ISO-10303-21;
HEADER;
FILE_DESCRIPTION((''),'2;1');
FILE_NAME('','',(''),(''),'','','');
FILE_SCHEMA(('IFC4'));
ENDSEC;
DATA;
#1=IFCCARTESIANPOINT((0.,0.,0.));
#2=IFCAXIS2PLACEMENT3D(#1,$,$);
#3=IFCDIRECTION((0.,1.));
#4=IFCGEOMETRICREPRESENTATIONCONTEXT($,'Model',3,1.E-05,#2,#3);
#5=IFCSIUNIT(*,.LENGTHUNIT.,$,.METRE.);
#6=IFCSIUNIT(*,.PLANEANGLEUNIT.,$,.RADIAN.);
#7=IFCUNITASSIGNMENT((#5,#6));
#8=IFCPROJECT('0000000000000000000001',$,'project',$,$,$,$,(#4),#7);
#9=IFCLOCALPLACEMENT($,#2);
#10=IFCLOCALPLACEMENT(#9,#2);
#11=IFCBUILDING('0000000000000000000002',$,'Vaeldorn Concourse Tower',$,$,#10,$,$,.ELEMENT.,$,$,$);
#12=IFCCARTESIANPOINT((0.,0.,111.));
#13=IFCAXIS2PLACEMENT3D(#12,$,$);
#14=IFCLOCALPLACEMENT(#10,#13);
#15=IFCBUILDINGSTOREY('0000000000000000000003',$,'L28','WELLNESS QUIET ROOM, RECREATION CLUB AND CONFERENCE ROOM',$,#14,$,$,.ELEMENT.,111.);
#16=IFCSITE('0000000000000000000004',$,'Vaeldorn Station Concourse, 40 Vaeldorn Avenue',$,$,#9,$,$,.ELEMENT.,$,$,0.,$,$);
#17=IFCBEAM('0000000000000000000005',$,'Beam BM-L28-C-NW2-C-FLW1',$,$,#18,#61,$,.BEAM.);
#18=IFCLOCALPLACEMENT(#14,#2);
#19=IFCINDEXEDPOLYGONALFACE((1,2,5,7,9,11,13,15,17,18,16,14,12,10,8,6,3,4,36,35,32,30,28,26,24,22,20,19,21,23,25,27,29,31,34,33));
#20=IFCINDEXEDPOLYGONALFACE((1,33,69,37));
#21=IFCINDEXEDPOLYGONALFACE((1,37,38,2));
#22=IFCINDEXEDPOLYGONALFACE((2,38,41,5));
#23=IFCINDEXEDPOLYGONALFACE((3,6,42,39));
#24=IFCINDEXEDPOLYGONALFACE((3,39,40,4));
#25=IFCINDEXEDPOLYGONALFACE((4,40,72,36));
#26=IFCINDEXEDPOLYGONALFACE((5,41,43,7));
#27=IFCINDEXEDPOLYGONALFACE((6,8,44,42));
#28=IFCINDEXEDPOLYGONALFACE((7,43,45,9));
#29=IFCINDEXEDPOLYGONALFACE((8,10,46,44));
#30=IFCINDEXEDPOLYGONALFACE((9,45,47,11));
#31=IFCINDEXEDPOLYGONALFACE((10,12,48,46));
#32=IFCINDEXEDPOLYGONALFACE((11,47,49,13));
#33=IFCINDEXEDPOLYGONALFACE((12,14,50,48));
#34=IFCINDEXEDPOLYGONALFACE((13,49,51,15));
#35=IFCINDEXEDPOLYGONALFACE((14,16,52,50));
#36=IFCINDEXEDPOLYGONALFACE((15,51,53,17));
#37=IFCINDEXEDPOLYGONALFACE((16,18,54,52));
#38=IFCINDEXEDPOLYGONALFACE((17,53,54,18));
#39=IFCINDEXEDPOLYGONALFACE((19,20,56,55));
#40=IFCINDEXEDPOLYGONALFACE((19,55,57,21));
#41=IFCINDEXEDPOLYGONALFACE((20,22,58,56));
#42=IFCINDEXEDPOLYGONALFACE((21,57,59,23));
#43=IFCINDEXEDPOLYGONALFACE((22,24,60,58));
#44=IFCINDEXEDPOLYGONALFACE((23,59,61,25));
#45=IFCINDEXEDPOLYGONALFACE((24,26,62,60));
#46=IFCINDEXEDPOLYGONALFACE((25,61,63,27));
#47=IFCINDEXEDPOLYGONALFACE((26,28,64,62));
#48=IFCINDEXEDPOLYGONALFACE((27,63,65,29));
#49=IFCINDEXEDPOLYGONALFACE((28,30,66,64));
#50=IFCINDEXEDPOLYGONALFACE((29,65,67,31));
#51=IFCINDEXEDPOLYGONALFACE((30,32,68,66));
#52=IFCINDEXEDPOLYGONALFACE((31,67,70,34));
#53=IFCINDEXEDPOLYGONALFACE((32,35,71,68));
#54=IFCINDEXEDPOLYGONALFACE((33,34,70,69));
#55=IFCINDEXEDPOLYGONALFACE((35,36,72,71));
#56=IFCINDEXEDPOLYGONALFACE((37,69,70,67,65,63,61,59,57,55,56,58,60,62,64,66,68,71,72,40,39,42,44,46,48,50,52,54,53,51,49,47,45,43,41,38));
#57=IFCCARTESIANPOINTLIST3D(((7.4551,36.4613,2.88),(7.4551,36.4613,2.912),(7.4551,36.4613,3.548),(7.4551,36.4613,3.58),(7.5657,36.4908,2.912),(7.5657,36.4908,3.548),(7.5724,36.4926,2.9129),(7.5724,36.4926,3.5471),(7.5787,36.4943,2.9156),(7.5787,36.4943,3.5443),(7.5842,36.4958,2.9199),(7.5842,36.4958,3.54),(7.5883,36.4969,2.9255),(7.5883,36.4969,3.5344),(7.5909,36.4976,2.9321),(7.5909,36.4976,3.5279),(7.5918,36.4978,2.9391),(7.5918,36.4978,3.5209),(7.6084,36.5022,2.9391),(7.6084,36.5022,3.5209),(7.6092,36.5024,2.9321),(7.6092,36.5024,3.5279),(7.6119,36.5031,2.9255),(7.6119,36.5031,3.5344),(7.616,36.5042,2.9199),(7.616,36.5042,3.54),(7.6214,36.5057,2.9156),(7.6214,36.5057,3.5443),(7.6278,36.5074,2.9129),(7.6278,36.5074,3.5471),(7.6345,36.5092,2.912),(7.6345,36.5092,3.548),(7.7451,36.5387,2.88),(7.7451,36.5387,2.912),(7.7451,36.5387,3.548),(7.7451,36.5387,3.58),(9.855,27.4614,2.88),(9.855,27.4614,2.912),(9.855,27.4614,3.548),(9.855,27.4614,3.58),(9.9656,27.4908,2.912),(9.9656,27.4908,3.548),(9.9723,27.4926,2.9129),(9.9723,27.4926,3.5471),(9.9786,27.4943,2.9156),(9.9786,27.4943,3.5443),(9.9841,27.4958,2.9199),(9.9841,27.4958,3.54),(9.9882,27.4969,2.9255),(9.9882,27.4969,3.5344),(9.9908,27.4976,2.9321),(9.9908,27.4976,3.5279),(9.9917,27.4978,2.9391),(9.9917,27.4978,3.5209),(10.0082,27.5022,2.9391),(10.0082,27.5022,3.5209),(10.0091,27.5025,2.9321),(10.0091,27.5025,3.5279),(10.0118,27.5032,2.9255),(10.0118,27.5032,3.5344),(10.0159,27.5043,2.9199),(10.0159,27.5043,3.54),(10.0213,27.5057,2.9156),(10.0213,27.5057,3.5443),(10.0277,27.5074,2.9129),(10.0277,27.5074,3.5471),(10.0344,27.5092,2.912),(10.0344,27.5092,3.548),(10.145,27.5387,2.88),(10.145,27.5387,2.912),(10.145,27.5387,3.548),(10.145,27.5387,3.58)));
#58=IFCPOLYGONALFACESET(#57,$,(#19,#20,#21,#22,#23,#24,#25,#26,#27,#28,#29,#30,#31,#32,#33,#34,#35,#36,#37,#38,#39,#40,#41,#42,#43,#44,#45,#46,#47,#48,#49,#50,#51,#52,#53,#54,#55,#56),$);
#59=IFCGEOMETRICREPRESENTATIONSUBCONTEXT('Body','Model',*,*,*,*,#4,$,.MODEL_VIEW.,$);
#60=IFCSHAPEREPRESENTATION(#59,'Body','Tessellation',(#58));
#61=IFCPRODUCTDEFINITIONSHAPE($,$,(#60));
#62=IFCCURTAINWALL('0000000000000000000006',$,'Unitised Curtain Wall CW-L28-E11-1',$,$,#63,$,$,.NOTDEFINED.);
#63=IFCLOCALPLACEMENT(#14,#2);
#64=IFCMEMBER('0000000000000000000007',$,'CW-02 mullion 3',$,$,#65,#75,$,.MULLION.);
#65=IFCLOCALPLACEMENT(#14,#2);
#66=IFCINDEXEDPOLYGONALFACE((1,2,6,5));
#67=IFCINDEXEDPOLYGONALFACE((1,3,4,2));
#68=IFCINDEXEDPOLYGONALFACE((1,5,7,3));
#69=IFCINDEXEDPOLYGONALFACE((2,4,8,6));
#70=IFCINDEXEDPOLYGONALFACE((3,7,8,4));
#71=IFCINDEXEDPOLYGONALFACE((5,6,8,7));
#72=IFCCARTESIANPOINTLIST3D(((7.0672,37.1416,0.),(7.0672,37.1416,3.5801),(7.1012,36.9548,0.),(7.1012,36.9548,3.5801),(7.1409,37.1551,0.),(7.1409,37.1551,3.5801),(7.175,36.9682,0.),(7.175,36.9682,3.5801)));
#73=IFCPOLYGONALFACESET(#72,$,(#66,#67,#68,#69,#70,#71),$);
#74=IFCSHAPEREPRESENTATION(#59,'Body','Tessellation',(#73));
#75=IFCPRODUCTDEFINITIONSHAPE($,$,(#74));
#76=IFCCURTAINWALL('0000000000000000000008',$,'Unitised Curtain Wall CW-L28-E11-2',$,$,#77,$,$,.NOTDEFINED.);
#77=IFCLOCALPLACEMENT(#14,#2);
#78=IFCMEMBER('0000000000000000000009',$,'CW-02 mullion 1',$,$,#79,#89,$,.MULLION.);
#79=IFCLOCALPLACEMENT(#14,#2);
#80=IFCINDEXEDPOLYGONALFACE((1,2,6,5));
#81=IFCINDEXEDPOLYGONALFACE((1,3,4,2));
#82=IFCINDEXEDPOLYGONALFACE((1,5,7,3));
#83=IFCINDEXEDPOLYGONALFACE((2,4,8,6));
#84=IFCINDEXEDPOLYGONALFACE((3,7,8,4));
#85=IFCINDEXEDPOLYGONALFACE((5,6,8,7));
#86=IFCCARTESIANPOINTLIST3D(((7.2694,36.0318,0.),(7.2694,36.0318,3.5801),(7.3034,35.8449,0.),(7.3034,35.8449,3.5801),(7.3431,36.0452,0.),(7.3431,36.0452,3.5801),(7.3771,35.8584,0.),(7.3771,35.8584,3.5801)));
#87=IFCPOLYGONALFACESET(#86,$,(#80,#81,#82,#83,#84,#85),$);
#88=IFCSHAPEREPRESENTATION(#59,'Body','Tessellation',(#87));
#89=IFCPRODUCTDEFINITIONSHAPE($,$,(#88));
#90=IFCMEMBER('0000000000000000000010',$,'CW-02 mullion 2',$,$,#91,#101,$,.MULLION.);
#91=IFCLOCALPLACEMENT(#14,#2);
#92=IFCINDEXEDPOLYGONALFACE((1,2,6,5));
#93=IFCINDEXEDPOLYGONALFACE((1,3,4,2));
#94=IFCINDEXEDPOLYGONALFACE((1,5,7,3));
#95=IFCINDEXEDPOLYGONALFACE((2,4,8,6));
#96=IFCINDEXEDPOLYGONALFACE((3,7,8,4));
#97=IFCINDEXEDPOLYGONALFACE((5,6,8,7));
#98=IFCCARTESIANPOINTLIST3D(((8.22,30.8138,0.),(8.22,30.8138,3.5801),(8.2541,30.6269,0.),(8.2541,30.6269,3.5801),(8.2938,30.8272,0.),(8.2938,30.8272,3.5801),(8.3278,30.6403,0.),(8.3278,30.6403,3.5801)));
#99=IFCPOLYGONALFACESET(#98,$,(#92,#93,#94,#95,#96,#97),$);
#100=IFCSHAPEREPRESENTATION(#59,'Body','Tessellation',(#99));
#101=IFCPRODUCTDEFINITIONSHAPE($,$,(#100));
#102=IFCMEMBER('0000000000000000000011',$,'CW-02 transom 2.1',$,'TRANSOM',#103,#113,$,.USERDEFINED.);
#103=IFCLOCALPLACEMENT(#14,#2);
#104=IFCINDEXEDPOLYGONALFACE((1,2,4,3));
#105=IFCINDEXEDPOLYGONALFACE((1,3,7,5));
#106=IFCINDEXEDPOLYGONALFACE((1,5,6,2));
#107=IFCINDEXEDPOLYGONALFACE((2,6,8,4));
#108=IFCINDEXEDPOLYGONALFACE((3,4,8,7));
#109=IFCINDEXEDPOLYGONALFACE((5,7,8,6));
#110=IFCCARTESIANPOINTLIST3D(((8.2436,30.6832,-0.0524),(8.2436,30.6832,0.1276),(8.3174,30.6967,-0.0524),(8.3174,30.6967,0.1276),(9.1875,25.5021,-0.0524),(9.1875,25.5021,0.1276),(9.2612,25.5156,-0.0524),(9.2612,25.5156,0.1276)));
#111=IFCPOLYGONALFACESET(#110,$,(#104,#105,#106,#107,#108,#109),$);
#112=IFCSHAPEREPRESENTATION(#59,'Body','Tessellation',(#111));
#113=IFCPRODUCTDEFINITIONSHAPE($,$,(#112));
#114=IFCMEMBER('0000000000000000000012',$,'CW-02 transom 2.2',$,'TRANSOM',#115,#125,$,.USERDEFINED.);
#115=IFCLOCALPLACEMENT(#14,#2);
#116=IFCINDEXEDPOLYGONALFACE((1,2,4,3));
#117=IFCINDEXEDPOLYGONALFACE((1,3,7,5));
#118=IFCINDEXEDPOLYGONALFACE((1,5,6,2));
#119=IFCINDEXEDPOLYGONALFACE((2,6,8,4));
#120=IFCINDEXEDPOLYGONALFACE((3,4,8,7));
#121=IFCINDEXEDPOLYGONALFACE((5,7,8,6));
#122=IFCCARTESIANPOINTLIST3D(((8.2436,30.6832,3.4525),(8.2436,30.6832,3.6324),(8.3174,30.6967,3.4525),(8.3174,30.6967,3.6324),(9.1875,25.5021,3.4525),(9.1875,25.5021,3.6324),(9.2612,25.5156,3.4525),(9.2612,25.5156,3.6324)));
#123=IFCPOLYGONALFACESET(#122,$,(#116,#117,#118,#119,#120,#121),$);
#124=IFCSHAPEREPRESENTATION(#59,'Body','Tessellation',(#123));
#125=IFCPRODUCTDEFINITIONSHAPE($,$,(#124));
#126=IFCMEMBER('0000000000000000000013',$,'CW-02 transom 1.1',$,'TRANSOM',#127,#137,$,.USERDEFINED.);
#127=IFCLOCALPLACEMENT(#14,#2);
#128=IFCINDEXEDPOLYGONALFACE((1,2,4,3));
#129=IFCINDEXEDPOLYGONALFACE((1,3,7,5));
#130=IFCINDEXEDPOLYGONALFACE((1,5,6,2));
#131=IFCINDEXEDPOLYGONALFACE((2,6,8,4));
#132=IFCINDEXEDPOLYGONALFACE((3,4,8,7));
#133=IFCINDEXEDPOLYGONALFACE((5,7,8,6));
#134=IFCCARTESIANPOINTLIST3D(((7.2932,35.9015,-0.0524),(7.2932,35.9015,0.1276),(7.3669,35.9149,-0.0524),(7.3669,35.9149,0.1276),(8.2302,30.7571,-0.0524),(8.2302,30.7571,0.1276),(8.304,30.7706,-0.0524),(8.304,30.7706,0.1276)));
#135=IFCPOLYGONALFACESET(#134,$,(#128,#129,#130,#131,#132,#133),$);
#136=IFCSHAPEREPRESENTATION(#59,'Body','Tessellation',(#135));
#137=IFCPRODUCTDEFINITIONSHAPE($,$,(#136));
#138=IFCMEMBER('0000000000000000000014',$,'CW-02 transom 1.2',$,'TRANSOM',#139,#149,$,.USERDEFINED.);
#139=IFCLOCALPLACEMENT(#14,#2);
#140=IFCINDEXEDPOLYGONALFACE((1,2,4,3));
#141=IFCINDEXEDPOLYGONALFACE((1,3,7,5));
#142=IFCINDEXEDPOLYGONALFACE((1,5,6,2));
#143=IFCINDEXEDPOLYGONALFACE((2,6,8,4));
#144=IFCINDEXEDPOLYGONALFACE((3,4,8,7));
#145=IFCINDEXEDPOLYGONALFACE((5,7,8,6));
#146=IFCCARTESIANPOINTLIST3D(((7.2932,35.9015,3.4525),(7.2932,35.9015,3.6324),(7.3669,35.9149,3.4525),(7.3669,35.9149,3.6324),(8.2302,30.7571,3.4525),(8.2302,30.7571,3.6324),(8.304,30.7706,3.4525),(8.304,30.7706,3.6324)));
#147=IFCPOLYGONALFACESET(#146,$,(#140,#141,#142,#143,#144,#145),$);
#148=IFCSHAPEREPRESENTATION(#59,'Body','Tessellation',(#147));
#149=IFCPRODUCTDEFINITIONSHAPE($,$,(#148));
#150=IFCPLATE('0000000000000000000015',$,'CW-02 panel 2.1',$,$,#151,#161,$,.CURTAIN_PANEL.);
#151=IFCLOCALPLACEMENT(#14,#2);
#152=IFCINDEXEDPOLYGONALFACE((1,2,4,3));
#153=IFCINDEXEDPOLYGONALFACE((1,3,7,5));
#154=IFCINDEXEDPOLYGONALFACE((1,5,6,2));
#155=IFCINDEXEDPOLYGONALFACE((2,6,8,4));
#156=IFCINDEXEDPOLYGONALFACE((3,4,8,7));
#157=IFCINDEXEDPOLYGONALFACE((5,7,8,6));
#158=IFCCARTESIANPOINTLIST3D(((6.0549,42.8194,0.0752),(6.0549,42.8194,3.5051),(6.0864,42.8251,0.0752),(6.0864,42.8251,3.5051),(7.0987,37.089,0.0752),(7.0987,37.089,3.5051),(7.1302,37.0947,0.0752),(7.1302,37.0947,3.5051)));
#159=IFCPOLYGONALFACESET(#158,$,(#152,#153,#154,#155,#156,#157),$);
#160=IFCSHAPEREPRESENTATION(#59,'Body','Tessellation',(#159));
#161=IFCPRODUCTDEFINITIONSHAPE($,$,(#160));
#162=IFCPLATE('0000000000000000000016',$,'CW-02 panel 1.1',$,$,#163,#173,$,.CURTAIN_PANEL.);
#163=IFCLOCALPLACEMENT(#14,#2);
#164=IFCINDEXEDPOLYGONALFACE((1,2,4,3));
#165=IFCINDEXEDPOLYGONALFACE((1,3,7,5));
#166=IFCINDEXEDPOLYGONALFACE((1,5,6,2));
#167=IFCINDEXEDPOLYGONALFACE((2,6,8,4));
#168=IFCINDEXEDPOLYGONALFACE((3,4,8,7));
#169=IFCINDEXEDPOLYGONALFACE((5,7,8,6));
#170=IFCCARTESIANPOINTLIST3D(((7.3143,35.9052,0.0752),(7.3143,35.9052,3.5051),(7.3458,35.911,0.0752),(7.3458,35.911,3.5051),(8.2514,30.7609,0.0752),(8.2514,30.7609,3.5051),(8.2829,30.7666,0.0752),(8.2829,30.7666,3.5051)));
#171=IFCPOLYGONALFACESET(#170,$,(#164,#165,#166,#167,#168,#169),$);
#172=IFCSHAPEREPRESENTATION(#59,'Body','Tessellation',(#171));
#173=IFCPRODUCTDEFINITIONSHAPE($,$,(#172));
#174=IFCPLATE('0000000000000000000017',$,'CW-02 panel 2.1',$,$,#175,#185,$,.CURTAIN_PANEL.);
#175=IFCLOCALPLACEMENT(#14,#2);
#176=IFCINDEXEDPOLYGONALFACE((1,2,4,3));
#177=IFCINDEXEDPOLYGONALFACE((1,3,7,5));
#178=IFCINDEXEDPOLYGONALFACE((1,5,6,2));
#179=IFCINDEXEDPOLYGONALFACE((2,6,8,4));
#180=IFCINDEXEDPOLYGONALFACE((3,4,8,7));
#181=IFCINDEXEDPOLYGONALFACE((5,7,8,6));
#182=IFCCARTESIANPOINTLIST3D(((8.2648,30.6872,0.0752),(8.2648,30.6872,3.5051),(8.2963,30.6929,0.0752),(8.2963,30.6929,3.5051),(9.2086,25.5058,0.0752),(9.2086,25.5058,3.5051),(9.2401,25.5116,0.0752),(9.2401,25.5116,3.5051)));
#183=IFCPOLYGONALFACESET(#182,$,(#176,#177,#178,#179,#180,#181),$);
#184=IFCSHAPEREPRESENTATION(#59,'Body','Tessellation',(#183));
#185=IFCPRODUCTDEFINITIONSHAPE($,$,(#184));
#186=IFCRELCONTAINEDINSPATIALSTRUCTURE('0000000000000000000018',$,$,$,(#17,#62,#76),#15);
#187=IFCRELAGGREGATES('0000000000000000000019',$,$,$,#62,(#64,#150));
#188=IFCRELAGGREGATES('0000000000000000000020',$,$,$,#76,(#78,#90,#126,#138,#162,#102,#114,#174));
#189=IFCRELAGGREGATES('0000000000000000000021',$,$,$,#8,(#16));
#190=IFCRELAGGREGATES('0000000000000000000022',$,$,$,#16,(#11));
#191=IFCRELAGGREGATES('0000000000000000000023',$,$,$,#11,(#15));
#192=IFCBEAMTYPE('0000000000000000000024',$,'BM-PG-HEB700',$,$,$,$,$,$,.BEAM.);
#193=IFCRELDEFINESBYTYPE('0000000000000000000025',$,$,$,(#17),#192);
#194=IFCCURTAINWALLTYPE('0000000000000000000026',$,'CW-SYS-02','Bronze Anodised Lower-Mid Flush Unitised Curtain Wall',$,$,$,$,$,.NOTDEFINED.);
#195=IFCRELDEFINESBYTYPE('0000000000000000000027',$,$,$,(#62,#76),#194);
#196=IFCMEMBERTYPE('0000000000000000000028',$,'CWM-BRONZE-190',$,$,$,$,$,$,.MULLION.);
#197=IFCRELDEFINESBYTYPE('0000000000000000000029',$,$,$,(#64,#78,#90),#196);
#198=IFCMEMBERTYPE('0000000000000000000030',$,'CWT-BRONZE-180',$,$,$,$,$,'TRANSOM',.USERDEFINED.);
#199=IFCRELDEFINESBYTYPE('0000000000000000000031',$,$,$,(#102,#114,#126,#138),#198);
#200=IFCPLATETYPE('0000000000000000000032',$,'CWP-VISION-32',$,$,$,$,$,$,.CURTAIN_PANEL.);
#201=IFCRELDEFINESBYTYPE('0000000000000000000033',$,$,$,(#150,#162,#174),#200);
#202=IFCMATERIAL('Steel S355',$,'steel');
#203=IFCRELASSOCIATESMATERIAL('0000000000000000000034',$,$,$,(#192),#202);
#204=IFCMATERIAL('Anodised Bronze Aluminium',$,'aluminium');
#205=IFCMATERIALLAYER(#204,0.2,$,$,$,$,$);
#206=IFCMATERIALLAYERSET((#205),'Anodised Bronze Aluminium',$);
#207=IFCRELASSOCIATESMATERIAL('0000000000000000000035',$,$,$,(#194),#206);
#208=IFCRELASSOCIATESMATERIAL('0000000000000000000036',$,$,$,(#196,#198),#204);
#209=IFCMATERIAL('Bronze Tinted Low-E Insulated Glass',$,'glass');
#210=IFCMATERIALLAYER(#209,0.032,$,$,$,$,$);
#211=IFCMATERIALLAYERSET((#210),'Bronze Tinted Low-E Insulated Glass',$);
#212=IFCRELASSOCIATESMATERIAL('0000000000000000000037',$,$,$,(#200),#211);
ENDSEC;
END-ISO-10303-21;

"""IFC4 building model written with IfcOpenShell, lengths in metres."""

from ifc_helpers import new_model, si_unit, direction, frame, origin, origin_2d, place, context, subcontext, project, spatial, rectangle, i_section, extrude, source, transform, mapped, material, layer, layer_set, material_profile, profile_set, type_object, element, aggregate, save


model = new_model("IFC4")

# Units and contexts
model_context = context("Model", 3, precision=1e-05, world=origin(), true_north=direction((0.0, 1.0)))
body_context = subcontext(model_context, "Body", "Model", "MODEL_VIEW")
ifc_project = project(units=[si_unit("LENGTHUNIT", "METRE"), si_unit("PLANEANGLEUNIT", "RADIAN")], contexts=[model_context])

# Site, building, storey
site_placement = place(None, origin())
site = spatial("IfcSite", under=ifc_project, at=site_placement, Name="Vaeldorn Station Concourse, 40 Vaeldorn Avenue", CompositionType="ELEMENT", RefElevation=0.0)
building_placement = place(site_placement, origin())
building = spatial("IfcBuilding", under=site, at=building_placement, Name="Vaeldorn Concourse Tower", CompositionType="ELEMENT")
storey_placement = place(building_placement, frame((0.0, 0.0, 111.0)))
storey = spatial("IfcBuildingStorey", under=building, at=storey_placement, Name="L28", Description="WELLNESS QUIET ROOM, RECREATION CLUB AND CONFERENCE ROOM", CompositionType="ELEMENT", Elevation=111.0)

# Beam
ifc_material_1 = material(Name="Steel S355", Category="steel")
ifc_material_profile_1 = material_profile(ifc_material_1, i_section(OverallWidth=0.3, OverallDepth=0.7, WebThickness=0.0171, FlangeThickness=0.032, FilletRadius=0.0271, at=origin_2d()), Name="HEB 700")
ifc_profile_set_1 = profile_set([ifc_material_profile_1], Name="Steel S355")
beam_type_1 = type_object("IfcBeamType", Name="BM-PG-HEB700", PredefinedType="BEAM", material=ifc_profile_set_1)
shared_shape_1 = source(origin(), body_context, "Body", "SweptSolid", [
    extrude(i_section(OverallWidth=0.3, OverallDepth=0.7, WebThickness=0.0171, FlangeThickness=0.032, FilletRadius=0.0271, at=origin_2d()), origin(), (0.0, 0.0, 1.0), 9.3145),
])
beam_1_placement = place(storey_placement, frame((7.6001, 36.5, 3.23), z_axis=(0.257653, -0.966238, 0.0), x_axis=(0.966238, 0.257653, 0.0)))
element("IfcBeam", 1, at=beam_1_placement, inside=storey, type_object=beam_type_1, Name="Beam BM-L28-C-NW2-C-FLW1", PredefinedType="BEAM", context=body_context, shape_type="MappedRepresentation", body=[
    mapped(shared_shape_1, transform((0.0, 0.0, 0.0), scale=1.0)),
])

# Curtain wall, member
ifc_material_2 = material(Name="Anodised Bronze Aluminium", Category="aluminium")
ifc_layer_1 = layer(ifc_material_2, 0.2)
ifc_layer_set_1 = layer_set([ifc_layer_1], Name="Anodised Bronze Aluminium")
curtain_wall_type = type_object("IfcCurtainWallType", Name="CW-SYS-02", Description="Bronze Anodised Lower-Mid Flush Unitised Curtain Wall", PredefinedType="NOTDEFINED", material=ifc_layer_set_1)
curtain_wall_1_placement = place(storey_placement, origin())
curtain_wall_1 = element("IfcCurtainWall", 2, at=curtain_wall_1_placement, inside=storey, type_object=curtain_wall_type, Name="Unitised Curtain Wall CW-L28-E11-1", PredefinedType="NOTDEFINED")
ifc_material_profile_2 = material_profile(ifc_material_2, rectangle(XDim=0.075, YDim=0.1899, at=origin_2d()), Name="CWM 75x190")
ifc_profile_set_2 = profile_set([ifc_material_profile_2], Name="Anodised Bronze Aluminium")
member_type_1 = type_object("IfcMemberType", Name="CWM-BRONZE-190", PredefinedType="MULLION", material=ifc_profile_set_2)
shared_shape_2 = source(origin(), body_context, "Body", "SweptSolid", [
    extrude(rectangle(XDim=0.075, YDim=0.1899, at=origin_2d()), origin(), (0.0, 0.0, 1.0), 3.5801),
])
member_1_placement = place(storey_placement, frame((7.1211, 37.0549, 0.0), z_axis=(0.0, 0.0, 1.0), x_axis=(0.983812, 0.179203, 0.0)))
member_1 = element("IfcMember", 3, at=member_1_placement, type_object=member_type_1, Name="CW-02 mullion 3", PredefinedType="MULLION", context=body_context, shape_type="MappedRepresentation", body=[
    mapped(shared_shape_2, transform((0.0, 0.0, 0.0), scale=1.0)),
])

# Curtain wall, members
curtain_wall_2_placement = place(storey_placement, origin())
curtain_wall_2 = element("IfcCurtainWall", 4, at=curtain_wall_2_placement, inside=storey, type_object=curtain_wall_type, Name="Unitised Curtain Wall CW-L28-E11-2", PredefinedType="NOTDEFINED")
member_2_placement = place(storey_placement, frame((7.3232, 35.9451, 0.0), z_axis=(0.0, 0.0, 1.0), x_axis=(0.983812, 0.179206, 0.0)))
member_2 = element("IfcMember", 5, at=member_2_placement, type_object=member_type_1, Name="CW-02 mullion 1", PredefinedType="MULLION", context=body_context, shape_type="MappedRepresentation", body=[
    mapped(shared_shape_2, transform((0.0, 0.0, 0.0), scale=1.0)),
])
member_3_placement = place(storey_placement, frame((8.2739, 30.7271, 0.0), z_axis=(0.0, 0.0, 1.0), x_axis=(0.983812, 0.179206, 0.0)))
member_3 = element("IfcMember", 6, at=member_3_placement, type_object=member_type_1, Name="CW-02 mullion 2", PredefinedType="MULLION", context=body_context, shape_type="MappedRepresentation", body=[
    mapped(shared_shape_2, transform((0.0, 0.0, 0.0), scale=1.0)),
])
ifc_material_profile_3 = material_profile(ifc_material_2, rectangle(XDim=0.075, YDim=0.1799, at=origin_2d()), Name="CWT 75x180")
ifc_profile_set_3 = profile_set([ifc_material_profile_3], Name="Anodised Bronze Aluminium")
member_type_2 = type_object("IfcMemberType", Name="CWT-BRONZE-180", ElementType="TRANSOM", PredefinedType="USERDEFINED", material=ifc_profile_set_3)
shared_shape_3 = source(origin(), body_context, "Body", "SweptSolid", [
    extrude(rectangle(XDim=0.075, YDim=0.1799, at=origin_2d()), origin(), (0.0, 0.0, 1.0), 5.2664),
])
member_4_placement = place(storey_placement, frame((8.2805, 30.6899, 0.0376), z_axis=(0.17922, -0.983809, 0.0), x_axis=(0.983809, 0.17922, 0.0)))
member_4 = element("IfcMember", 7, at=member_4_placement, type_object=member_type_2, Name="CW-02 transom 2.1", ObjectType="TRANSOM", PredefinedType="USERDEFINED", context=body_context, shape_type="MappedRepresentation", body=[
    mapped(shared_shape_3, transform((0.0, 0.0, 0.0), scale=1.0)),
])
member_5_placement = place(storey_placement, frame((8.2805, 30.6899, 3.5425), z_axis=(0.17922, -0.983809, 0.0), x_axis=(0.983809, 0.17922, 0.0)))
member_5 = element("IfcMember", 8, at=member_5_placement, type_object=member_type_2, Name="CW-02 transom 2.2", ObjectType="TRANSOM", PredefinedType="USERDEFINED", context=body_context, shape_type="MappedRepresentation", body=[
    mapped(shared_shape_3, transform((0.0, 0.0, 0.0), scale=1.0)),
])
shared_shape_4 = source(origin(), body_context, "Body", "SweptSolid", [
    extrude(rectangle(XDim=0.075, YDim=0.1799, at=origin_2d()), origin(), (0.0, 0.0, 1.0), 5.229),
])
member_6_placement = place(storey_placement, frame((7.3301, 35.9082, 0.0376), z_axis=(0.179198, -0.983813, 0.0), x_axis=(0.983813, 0.179198, 0.0)))
member_6 = element("IfcMember", 9, at=member_6_placement, type_object=member_type_2, Name="CW-02 transom 1.1", ObjectType="TRANSOM", PredefinedType="USERDEFINED", context=body_context, shape_type="MappedRepresentation", body=[
    mapped(shared_shape_4, transform((0.0, 0.0, 0.0), scale=1.0)),
])
member_7_placement = place(storey_placement, frame((7.3301, 35.9082, 3.5425), z_axis=(0.179198, -0.983813, 0.0), x_axis=(0.983813, 0.179198, 0.0)))
member_7 = element("IfcMember", 10, at=member_7_placement, type_object=member_type_2, Name="CW-02 transom 1.2", ObjectType="TRANSOM", PredefinedType="USERDEFINED", context=body_context, shape_type="MappedRepresentation", body=[
    mapped(shared_shape_4, transform((0.0, 0.0, 0.0), scale=1.0)),
])

# Plates
ifc_material_3 = material(Name="Bronze Tinted Low-E Insulated Glass", Category="glass")
ifc_layer_2 = layer(ifc_material_3, 0.032)
ifc_layer_set_2 = layer_set([ifc_layer_2], Name="Bronze Tinted Low-E Insulated Glass")
plate_type = type_object("IfcPlateType", Name="CWP-VISION-32", PredefinedType="CURTAIN_PANEL", material=ifc_layer_set_2)
shared_shape_5 = source(origin(), body_context, "Body", "SweptSolid", [
    extrude(rectangle(XDim=5.8247, YDim=0.032, at=origin_2d()), origin(), (0.0, 0.0, 1.0), 3.4299),
])
plate_1_placement = place(storey_placement, frame((6.5925, 39.957, 0.0752), z_axis=(0.0, 0.0, 1.0), x_axis=(0.179203, -0.983812, 0.0)))
plate_1 = element("IfcPlate", 11, at=plate_1_placement, type_object=plate_type, Name="CW-02 panel 2.1", PredefinedType="CURTAIN_PANEL", context=body_context, shape_type="MappedRepresentation", body=[
    mapped(shared_shape_5, transform((0.0, 0.0, 0.0), scale=1.0)),
])
aggregate(curtain_wall_1, [member_1, plate_1])
shared_shape_6 = source(origin(), body_context, "Body", "SweptSolid", [
    extrude(rectangle(XDim=5.229, YDim=0.032, at=origin_2d()), origin(), (0.0, 0.0, 1.0), 3.4299),
])
plate_2_placement = place(storey_placement, frame((7.7986, 33.3359, 0.0752), z_axis=(0.0, 0.0, 1.0), x_axis=(0.179206, -0.983812, 0.0)))
plate_2 = element("IfcPlate", 12, at=plate_2_placement, type_object=plate_type, Name="CW-02 panel 1.1", PredefinedType="CURTAIN_PANEL", context=body_context, shape_type="MappedRepresentation", body=[
    mapped(shared_shape_6, transform((0.0, 0.0, 0.0), scale=1.0)),
])
shared_shape_7 = source(origin(), body_context, "Body", "SweptSolid", [
    extrude(rectangle(XDim=5.2666, YDim=0.032, at=origin_2d()), origin(), (0.0, 0.0, 1.0), 3.4299),
])
plate_3_placement = place(storey_placement, frame((8.7524, 28.0994, 0.0752), z_axis=(0.0, 0.0, 1.0), x_axis=(0.179206, -0.983812, 0.0)))
plate_3 = element("IfcPlate", 13, at=plate_3_placement, type_object=plate_type, Name="CW-02 panel 2.1", PredefinedType="CURTAIN_PANEL", context=body_context, shape_type="MappedRepresentation", body=[
    mapped(shared_shape_7, transform((0.0, 0.0, 0.0), scale=1.0)),
])
aggregate(curtain_wall_2, [member_2, member_3, member_6, member_7, plate_2, member_4, member_5, plate_3])

save(model, "model.ifc")
